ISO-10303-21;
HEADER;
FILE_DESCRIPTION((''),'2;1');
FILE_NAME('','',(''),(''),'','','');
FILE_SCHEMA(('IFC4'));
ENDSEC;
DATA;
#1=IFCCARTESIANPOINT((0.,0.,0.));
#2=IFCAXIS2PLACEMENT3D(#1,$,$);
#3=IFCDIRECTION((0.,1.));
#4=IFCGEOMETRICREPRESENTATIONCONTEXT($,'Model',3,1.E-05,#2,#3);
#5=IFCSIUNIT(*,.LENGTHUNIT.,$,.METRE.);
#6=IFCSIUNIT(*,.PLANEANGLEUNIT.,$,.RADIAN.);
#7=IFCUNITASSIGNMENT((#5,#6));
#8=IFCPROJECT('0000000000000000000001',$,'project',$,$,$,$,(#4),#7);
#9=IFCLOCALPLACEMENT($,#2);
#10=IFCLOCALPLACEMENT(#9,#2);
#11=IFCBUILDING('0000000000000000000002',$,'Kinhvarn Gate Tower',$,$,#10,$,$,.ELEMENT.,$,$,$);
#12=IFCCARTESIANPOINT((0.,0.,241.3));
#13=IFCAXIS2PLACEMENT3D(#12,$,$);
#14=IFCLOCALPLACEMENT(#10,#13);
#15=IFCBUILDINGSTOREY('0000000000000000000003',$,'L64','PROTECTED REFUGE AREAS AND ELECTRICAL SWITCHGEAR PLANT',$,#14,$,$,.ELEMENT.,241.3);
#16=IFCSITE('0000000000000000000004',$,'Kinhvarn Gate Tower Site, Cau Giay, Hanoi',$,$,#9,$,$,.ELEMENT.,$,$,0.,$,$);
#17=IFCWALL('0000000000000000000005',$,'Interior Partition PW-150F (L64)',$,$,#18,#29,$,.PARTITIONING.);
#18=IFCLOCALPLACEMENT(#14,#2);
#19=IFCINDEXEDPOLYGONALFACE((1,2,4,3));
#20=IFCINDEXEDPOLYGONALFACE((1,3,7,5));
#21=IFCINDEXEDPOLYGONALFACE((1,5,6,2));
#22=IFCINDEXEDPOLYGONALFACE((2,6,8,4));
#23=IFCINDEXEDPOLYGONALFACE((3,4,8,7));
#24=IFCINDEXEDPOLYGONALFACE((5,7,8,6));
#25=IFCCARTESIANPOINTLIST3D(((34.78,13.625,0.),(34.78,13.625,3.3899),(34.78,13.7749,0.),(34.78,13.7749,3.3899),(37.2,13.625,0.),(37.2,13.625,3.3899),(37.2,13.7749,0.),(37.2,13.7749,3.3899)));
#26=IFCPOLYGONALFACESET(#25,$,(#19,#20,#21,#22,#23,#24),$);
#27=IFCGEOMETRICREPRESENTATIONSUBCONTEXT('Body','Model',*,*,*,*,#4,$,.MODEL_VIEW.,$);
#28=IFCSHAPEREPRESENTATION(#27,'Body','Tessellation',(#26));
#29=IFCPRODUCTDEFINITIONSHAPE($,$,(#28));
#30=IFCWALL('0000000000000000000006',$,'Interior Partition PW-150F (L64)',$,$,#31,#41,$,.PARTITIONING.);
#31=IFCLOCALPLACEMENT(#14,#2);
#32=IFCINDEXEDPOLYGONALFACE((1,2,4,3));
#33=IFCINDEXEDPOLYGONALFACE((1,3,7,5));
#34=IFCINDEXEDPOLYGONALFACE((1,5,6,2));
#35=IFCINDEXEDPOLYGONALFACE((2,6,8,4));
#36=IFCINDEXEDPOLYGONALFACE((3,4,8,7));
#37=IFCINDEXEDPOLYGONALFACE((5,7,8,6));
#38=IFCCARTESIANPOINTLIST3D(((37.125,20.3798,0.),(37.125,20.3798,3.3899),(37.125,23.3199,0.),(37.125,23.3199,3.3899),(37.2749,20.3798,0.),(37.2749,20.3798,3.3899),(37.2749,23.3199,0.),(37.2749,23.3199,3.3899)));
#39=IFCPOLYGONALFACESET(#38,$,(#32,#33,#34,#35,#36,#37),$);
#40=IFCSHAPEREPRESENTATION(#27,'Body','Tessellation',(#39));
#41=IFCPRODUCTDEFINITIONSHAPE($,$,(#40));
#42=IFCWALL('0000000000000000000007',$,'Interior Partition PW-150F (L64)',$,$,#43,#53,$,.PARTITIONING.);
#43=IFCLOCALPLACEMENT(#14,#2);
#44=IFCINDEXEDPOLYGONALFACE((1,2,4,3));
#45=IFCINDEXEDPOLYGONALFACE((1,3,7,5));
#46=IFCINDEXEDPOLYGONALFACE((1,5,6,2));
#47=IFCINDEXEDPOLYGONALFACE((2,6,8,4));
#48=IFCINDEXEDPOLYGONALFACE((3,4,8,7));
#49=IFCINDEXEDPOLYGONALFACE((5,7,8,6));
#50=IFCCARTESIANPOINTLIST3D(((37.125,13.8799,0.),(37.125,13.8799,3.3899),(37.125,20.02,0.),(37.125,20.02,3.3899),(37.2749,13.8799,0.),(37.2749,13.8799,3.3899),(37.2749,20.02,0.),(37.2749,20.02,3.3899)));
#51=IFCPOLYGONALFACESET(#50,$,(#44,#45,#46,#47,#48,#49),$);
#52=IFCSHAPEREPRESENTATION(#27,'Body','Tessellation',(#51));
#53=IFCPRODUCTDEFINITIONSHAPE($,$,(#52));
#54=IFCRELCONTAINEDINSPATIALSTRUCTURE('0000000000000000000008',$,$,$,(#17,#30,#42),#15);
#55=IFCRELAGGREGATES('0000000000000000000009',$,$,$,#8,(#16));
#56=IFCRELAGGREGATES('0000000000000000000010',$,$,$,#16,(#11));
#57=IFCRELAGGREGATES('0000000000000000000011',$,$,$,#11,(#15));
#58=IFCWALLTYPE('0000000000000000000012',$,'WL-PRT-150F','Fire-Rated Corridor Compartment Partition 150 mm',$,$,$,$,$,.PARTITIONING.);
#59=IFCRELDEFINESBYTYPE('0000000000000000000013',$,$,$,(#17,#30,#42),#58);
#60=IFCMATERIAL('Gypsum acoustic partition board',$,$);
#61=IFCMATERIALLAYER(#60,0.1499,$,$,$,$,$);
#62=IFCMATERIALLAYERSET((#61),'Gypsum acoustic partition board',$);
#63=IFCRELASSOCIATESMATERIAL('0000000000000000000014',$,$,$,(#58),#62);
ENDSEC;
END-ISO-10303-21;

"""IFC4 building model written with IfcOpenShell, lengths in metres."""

from ifc_helpers import new_model, si_unit, direction, frame, frame_2d, origin, place, context, subcontext, project, spatial, rectangle, extrude, material, layer, layer_set, type_object, element, save


model = new_model("IFC4")

# Units and contexts
model_context = context("Model", 3, precision=1e-05, world=origin(), true_north=direction((0.0, 1.0)))
body_context = subcontext(model_context, "Body", "Model", "MODEL_VIEW")
ifc_project = project(units=[si_unit("LENGTHUNIT", "METRE"), si_unit("PLANEANGLEUNIT", "RADIAN")], contexts=[model_context])

# Site, building, storey
site_placement = place(None, origin())
site = spatial("IfcSite", under=ifc_project, at=site_placement, Name="Kinhvarn Gate Tower Site, Cau Giay, Hanoi", CompositionType="ELEMENT", RefElevation=0.0)
building_placement = place(site_placement, origin())
building = spatial("IfcBuilding", under=site, at=building_placement, Name="Kinhvarn Gate Tower", CompositionType="ELEMENT")
storey_placement = place(building_placement, frame((0.0, 0.0, 241.3)))
storey = spatial("IfcBuildingStorey", under=building, at=storey_placement, Name="L64", Description="PROTECTED REFUGE AREAS AND ELECTRICAL SWITCHGEAR PLANT", CompositionType="ELEMENT", Elevation=241.3)

# Walls
ifc_material_1 = material(Name="Gypsum acoustic partition board")
ifc_layer_1 = layer(ifc_material_1, 0.1499)
ifc_layer_set_1 = layer_set([ifc_layer_1], Name="Gypsum acoustic partition board")
wall_type = type_object("IfcWallType", Name="WL-PRT-150F", Description="Fire-Rated Corridor Compartment Partition 150 mm", PredefinedType="PARTITIONING", material=ifc_layer_set_1)
wall_1_placement = place(storey_placement, frame((37.2, 13.7, 0.0), z_axis=(0.0, 0.0, 1.0), x_axis=(-1.0, 0.0, 0.0)))
element("IfcWall", 1, at=wall_1_placement, inside=storey, type_object=wall_type, Name="Interior Partition PW-150F (L64)", PredefinedType="PARTITIONING", context=body_context, shape_type="SweptSolid", body=[
    extrude(rectangle(XDim=2.4199, YDim=0.1499, at=frame_2d((1.21, 0.0))), origin(), (0.0, 0.0, 1.0), 3.3899),
])
wall_2_placement = place(storey_placement, frame((37.2, 23.3201, 0.0), z_axis=(0.0, 0.0, 1.0), x_axis=(0.0, -1.0, 0.0)))
element("IfcWall", 2, at=wall_2_placement, inside=storey, type_object=wall_type, Name="Interior Partition PW-150F (L64)", PredefinedType="PARTITIONING", context=body_context, shape_type="SweptSolid", body=[
    extrude(rectangle(XDim=2.9402, YDim=0.1499, at=frame_2d((1.4702, 0.0))), origin(), (0.0, 0.0, 1.0), 3.3899),
])
wall_3_placement = place(storey_placement, frame((37.2, 20.02, 0.0), z_axis=(0.0, 0.0, 1.0), x_axis=(0.0, -1.0, 0.0)))
element("IfcWall", 3, at=wall_3_placement, inside=storey, type_object=wall_type, Name="Interior Partition PW-150F (L64)", PredefinedType="PARTITIONING", context=body_context, shape_type="SweptSolid", body=[
    extrude(rectangle(XDim=6.1401, YDim=0.1499, at=frame_2d((3.0701, 0.0))), origin(), (0.0, 0.0, 1.0), 3.3899),
])

save(model, "model.ifc")
